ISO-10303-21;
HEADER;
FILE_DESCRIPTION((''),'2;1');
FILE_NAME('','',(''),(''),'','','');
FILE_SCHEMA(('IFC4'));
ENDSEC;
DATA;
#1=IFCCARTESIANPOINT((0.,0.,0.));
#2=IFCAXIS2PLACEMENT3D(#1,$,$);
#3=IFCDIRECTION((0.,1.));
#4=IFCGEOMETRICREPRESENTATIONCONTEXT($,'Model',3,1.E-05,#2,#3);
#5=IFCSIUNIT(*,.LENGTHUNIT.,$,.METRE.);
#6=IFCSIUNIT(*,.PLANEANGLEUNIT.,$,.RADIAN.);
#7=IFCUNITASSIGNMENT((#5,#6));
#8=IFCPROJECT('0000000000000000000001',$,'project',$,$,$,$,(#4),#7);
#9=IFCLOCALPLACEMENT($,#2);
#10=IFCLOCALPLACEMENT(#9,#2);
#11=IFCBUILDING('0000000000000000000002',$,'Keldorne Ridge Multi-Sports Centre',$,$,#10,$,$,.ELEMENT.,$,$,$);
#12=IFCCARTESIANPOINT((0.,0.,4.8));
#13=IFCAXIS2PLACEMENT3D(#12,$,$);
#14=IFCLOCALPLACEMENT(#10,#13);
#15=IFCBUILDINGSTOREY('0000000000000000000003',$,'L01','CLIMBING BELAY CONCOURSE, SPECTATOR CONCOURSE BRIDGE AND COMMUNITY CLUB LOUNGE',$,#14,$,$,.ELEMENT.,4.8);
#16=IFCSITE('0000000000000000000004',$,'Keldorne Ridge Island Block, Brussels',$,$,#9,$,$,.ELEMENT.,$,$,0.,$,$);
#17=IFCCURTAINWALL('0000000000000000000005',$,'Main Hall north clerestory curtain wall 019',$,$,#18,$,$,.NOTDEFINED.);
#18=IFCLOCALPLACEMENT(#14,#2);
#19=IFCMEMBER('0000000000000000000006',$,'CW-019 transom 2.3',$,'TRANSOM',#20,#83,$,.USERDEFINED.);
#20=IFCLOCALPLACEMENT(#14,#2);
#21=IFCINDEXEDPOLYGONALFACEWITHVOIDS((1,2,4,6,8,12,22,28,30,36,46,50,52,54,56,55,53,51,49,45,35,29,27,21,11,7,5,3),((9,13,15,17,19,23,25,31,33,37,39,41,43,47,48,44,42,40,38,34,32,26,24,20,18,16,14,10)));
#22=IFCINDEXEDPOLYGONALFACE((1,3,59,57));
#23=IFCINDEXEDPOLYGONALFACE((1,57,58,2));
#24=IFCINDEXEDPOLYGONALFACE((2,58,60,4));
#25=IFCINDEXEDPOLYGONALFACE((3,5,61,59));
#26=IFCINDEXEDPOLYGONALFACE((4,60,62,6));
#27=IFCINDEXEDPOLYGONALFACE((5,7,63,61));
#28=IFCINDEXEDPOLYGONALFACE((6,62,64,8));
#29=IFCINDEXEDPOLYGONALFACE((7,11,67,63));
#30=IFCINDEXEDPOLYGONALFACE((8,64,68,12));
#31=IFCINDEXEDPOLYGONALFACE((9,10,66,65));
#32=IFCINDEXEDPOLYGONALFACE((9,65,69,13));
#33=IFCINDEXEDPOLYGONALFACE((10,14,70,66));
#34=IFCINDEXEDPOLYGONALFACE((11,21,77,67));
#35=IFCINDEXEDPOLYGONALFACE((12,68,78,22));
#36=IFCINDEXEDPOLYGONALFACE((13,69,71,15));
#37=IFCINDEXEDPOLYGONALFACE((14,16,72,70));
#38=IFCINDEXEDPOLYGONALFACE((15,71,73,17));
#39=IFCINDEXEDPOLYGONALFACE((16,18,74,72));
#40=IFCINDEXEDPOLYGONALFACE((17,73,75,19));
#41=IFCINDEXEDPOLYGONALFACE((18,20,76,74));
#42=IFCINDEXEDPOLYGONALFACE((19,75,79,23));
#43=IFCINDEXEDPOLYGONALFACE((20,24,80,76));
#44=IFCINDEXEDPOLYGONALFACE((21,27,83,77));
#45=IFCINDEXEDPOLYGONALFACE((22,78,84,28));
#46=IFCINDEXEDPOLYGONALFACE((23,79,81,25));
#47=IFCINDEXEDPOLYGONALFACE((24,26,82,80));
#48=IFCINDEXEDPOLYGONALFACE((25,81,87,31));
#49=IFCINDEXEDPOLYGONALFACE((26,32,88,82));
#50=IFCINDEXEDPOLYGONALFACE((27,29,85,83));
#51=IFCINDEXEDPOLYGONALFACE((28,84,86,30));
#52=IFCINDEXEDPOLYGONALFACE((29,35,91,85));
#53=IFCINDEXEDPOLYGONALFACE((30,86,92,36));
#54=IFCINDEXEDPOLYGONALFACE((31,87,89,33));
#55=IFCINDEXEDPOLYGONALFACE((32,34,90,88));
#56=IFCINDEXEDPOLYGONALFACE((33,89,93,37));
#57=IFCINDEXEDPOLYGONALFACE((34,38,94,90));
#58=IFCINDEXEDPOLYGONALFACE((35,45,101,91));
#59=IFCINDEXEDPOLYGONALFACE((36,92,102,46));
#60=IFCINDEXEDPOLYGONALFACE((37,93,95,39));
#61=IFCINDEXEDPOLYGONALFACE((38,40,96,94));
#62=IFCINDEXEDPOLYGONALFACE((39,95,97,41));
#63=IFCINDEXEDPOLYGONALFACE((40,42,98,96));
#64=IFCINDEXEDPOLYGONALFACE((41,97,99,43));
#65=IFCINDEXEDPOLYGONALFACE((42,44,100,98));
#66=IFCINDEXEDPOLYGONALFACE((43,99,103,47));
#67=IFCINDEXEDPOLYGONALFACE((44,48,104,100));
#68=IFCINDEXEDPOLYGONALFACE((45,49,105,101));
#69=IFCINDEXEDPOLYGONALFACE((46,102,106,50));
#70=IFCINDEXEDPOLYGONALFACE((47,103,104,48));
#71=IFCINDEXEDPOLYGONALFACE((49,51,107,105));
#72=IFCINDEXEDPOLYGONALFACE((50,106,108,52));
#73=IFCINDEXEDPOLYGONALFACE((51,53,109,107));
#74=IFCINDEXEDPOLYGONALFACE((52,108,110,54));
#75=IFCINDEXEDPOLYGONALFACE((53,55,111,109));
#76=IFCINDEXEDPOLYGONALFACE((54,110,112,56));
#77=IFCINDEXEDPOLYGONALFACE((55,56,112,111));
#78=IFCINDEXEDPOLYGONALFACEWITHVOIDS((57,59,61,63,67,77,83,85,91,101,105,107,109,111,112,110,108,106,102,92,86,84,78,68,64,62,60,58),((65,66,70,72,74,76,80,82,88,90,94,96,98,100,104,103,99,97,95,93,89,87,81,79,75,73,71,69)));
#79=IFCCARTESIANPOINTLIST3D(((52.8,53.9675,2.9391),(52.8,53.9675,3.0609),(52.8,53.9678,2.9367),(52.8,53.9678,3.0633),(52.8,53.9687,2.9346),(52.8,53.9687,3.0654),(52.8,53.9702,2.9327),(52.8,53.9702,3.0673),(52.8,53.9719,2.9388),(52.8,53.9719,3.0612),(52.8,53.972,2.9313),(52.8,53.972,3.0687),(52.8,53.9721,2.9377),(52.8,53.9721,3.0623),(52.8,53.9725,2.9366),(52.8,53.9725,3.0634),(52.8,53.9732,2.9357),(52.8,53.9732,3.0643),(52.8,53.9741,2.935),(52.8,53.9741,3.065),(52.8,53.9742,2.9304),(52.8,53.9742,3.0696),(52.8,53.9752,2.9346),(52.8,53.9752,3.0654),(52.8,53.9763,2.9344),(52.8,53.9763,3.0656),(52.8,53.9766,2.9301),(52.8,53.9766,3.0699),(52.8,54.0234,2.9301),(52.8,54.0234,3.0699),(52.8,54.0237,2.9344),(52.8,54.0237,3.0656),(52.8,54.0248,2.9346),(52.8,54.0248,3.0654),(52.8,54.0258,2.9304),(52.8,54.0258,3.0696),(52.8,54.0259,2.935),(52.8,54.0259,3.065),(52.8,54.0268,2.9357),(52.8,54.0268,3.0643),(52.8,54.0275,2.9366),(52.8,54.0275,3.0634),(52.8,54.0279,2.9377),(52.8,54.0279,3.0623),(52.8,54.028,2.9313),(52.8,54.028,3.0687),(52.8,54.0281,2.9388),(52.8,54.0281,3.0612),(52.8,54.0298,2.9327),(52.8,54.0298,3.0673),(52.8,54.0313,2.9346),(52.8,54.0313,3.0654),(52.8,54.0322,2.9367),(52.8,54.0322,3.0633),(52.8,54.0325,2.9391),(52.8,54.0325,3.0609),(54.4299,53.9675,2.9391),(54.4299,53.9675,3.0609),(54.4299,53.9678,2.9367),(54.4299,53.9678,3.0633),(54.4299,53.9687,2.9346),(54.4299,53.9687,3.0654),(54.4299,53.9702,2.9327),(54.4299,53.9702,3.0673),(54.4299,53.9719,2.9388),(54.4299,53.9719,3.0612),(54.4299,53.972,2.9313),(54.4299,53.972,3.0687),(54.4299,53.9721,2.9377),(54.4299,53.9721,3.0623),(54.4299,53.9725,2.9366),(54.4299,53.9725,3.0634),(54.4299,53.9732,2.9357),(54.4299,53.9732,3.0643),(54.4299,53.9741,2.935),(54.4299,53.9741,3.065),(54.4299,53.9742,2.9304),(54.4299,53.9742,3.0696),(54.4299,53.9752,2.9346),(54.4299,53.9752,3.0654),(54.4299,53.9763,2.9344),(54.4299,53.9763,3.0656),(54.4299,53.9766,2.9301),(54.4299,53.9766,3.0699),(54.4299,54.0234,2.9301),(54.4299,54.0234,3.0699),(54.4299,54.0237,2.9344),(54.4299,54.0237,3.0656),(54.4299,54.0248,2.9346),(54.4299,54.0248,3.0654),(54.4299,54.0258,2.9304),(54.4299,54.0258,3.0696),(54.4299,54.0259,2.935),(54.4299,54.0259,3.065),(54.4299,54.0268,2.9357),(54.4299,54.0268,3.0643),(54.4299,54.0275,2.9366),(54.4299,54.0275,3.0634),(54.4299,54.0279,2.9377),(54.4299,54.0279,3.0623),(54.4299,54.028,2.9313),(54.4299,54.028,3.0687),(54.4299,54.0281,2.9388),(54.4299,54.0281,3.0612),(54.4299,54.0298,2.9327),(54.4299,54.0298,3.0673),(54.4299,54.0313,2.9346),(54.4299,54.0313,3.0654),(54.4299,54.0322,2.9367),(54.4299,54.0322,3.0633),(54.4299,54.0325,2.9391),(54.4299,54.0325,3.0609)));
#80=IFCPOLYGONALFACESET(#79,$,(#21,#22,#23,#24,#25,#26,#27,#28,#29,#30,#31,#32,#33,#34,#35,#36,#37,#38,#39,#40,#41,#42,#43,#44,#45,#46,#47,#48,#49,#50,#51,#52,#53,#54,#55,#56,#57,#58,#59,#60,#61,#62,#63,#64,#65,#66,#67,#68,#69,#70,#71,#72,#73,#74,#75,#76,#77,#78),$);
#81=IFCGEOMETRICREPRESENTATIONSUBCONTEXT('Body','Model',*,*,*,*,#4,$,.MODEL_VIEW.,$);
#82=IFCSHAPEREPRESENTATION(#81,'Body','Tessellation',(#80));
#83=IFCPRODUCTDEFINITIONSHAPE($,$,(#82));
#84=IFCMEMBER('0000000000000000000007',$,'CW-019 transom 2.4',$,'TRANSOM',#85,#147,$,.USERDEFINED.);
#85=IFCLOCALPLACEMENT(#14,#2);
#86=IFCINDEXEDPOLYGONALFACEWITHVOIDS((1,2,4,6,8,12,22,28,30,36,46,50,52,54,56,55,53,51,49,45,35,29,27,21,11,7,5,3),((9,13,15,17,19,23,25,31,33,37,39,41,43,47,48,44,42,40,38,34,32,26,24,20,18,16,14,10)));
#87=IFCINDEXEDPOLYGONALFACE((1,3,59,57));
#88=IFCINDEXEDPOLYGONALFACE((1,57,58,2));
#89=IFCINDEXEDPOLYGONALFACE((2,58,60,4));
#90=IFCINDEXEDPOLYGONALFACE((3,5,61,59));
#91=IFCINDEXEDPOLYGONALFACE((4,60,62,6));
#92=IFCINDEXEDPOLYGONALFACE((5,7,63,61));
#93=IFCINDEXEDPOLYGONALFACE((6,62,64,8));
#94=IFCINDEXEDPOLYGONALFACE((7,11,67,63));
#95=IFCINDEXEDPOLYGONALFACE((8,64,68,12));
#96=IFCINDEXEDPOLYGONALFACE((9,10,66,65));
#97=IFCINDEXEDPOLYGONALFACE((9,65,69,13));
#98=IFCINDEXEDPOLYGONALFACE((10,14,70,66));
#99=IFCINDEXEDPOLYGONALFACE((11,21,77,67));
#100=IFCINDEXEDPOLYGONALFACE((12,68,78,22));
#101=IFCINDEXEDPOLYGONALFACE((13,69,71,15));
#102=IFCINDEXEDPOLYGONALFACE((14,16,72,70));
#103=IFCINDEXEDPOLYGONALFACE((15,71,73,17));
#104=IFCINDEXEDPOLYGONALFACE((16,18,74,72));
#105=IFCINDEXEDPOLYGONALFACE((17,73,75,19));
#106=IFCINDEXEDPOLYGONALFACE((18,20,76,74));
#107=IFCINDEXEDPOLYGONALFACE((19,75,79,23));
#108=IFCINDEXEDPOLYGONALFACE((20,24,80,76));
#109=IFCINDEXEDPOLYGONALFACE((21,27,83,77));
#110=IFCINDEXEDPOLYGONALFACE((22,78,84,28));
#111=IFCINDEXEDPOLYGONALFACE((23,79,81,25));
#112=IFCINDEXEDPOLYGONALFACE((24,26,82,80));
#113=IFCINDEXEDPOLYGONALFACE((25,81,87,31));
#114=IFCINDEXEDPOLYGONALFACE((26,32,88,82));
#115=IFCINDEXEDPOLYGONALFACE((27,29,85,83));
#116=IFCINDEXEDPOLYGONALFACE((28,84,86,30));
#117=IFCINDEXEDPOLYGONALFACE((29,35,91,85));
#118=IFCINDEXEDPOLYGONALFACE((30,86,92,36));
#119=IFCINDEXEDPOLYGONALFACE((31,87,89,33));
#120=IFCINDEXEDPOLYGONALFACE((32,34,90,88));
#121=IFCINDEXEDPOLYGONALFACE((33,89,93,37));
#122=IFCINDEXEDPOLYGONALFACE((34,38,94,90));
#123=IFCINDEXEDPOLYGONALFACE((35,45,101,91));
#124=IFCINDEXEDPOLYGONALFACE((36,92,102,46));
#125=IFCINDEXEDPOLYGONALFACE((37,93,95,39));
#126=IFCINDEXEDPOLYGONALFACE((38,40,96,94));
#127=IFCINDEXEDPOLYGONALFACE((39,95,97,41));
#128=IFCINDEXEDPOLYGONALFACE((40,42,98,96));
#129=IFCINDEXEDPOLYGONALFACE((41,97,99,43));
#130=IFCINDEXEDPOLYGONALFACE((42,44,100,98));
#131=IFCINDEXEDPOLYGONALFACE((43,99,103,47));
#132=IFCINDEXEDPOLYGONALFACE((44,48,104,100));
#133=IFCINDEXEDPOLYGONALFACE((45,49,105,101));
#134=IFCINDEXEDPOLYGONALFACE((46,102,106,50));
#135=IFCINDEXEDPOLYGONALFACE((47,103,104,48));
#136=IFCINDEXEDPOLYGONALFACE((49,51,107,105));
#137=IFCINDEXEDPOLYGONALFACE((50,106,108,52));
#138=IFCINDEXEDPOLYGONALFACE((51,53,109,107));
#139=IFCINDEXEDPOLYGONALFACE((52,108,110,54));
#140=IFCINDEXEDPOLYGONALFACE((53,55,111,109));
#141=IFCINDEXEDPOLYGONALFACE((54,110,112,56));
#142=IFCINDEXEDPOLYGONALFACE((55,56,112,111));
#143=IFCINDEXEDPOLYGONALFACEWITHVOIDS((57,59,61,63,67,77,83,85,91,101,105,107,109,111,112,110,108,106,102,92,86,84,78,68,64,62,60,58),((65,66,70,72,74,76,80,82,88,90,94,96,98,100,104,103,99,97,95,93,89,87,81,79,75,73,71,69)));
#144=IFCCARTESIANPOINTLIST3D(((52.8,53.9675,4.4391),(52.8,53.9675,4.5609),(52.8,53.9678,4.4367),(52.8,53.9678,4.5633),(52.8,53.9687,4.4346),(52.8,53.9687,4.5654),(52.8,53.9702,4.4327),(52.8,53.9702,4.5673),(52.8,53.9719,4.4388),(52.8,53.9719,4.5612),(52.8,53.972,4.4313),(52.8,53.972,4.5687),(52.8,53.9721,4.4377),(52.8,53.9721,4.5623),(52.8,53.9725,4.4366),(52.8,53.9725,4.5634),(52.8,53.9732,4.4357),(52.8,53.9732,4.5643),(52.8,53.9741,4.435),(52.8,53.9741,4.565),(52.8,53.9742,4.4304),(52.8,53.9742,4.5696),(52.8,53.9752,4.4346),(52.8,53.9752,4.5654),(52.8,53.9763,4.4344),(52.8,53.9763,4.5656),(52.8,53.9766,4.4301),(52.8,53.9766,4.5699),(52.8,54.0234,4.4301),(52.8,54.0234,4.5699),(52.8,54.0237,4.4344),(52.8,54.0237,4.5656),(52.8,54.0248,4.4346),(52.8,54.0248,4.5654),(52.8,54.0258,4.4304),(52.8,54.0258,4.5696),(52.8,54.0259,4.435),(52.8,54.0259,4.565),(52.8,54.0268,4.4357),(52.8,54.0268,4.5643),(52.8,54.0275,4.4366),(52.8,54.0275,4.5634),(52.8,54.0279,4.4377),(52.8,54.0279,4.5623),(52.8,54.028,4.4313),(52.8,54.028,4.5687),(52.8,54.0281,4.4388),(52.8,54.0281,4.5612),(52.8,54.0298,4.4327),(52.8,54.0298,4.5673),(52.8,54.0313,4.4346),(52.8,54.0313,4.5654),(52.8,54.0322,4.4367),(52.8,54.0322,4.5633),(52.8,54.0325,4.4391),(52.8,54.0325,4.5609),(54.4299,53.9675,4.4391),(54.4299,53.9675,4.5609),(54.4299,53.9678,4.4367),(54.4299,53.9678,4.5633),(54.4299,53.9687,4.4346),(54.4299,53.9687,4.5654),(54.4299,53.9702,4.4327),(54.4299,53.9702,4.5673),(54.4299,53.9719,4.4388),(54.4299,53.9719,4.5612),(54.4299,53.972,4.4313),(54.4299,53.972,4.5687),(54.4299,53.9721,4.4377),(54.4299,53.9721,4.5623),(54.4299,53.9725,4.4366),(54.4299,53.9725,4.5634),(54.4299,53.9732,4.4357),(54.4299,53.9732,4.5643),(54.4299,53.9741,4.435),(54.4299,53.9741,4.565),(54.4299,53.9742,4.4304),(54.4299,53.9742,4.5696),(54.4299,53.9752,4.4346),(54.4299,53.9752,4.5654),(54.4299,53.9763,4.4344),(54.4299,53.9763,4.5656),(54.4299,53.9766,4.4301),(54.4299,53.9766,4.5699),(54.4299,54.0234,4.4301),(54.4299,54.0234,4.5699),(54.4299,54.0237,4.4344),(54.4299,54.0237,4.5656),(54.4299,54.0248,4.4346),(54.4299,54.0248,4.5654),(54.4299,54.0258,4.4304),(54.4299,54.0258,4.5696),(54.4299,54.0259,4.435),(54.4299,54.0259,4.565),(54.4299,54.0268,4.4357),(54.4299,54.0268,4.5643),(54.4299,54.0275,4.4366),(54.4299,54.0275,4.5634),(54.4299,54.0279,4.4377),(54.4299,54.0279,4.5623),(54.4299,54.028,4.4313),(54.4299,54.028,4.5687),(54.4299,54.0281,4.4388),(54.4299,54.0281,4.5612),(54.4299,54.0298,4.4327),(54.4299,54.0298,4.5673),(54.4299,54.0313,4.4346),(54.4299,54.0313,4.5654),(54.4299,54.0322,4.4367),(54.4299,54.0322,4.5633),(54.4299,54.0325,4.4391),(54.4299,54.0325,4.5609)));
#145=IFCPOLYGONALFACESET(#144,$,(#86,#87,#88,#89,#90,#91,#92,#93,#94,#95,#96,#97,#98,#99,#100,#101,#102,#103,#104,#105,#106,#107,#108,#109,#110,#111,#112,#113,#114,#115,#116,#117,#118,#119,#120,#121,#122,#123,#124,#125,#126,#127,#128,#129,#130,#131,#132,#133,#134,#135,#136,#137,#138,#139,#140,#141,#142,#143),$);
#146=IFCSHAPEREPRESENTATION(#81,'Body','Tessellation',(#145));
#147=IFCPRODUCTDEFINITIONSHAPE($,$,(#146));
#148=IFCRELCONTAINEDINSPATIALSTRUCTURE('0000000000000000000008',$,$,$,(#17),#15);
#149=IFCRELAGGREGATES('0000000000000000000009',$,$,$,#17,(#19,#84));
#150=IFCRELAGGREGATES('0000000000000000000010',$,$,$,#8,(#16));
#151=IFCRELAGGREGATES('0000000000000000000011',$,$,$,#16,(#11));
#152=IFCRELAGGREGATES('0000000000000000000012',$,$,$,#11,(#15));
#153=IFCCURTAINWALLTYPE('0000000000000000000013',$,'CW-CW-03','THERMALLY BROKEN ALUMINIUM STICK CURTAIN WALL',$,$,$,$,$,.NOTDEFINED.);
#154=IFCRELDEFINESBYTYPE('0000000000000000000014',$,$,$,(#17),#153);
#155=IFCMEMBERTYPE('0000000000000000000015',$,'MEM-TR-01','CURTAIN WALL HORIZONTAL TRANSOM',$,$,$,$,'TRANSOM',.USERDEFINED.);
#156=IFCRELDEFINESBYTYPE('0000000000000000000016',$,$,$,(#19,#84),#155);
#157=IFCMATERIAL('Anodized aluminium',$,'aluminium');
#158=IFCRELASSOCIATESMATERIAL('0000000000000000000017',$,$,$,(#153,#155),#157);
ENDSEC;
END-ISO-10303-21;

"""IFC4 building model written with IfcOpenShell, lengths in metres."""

from ifc_helpers import new_model, si_unit, direction, frame, origin, origin_2d, place, context, subcontext, project, spatial, hollow_rectangle, extrude, material, material_profile, profile_set, type_object, element, aggregate, save


model = new_model("IFC4")

# Units and contexts
model_context = context("Model", 3, precision=1e-05, world=origin(), true_north=direction((0.0, 1.0)))
body_context = subcontext(model_context, "Body", "Model", "MODEL_VIEW")
ifc_project = project(units=[si_unit("LENGTHUNIT", "METRE"), si_unit("PLANEANGLEUNIT", "RADIAN")], contexts=[model_context])

# Site, building, storey
site_placement = place(None, origin())
site = spatial("IfcSite", under=ifc_project, at=site_placement, Name="Keldorne Ridge Island Block, Brussels", CompositionType="ELEMENT", RefElevation=0.0)
building_placement = place(site_placement, origin())
building = spatial("IfcBuilding", under=site, at=building_placement, Name="Keldorne Ridge Multi-Sports Centre", CompositionType="ELEMENT")
storey_placement = place(building_placement, frame((0.0, 0.0, 4.8)))
storey = spatial("IfcBuildingStorey", under=building, at=storey_placement, Name="L01", Description="CLIMBING BELAY CONCOURSE, SPECTATOR CONCOURSE BRIDGE AND COMMUNITY CLUB LOUNGE", CompositionType="ELEMENT", Elevation=4.8)

# Curtain wall
ifc_material_1 = material(Name="Anodized aluminium", Category="aluminium")
curtain_wall_type_1 = type_object("IfcCurtainWallType", Name="CW-CW-03", Description="THERMALLY BROKEN ALUMINIUM STICK CURTAIN WALL", PredefinedType="NOTDEFINED", material=ifc_material_1)
curtain_wall_1_placement = place(storey_placement, origin())
curtain_wall_1 = element("IfcCurtainWall", 1, at=curtain_wall_1_placement, inside=storey, type_object=curtain_wall_type_1, Name="Main Hall north clerestory curtain wall 019", PredefinedType="NOTDEFINED")

# Members
ifc_material_profile_1 = material_profile(ifc_material_1, hollow_rectangle(XDim=0.0649, YDim=0.1399, WallThickness=0.0044, InnerFilletRadius=0.0044, OuterFilletRadius=0.009, at=origin_2d()), Name="ALU TRANSOM 140x65x4.5")
ifc_profile_set_1 = profile_set([ifc_material_profile_1], Name="Anodized aluminium")
member_type_1 = type_object("IfcMemberType", Name="MEM-TR-01", Description="CURTAIN WALL HORIZONTAL TRANSOM", ElementType="TRANSOM", PredefinedType="USERDEFINED", material=ifc_profile_set_1)
member_1_placement = place(storey_placement, frame((54.4299, 54.0, 3.0), z_axis=(-1.0, 0.0, 0.0), x_axis=(0.0, -1.0, 0.0)))
member_1 = element("IfcMember", 2, at=member_1_placement, type_object=member_type_1, Name="CW-019 transom 2.3", ObjectType="TRANSOM", PredefinedType="USERDEFINED", context=body_context, shape_type="SweptSolid", body=[
    extrude(hollow_rectangle(XDim=0.0649, YDim=0.1399, WallThickness=0.0044, InnerFilletRadius=0.0044, OuterFilletRadius=0.009, at=origin_2d()), origin(), (0.0, 0.0, 1.0), 1.6299),
])
member_2_placement = place(storey_placement, frame((54.4299, 54.0, 4.5), z_axis=(-1.0, 0.0, 0.0), x_axis=(0.0, -1.0, 0.0)))
member_2 = element("IfcMember", 3, at=member_2_placement, type_object=member_type_1, Name="CW-019 transom 2.4", ObjectType="TRANSOM", PredefinedType="USERDEFINED", context=body_context, shape_type="SweptSolid", body=[
    extrude(hollow_rectangle(XDim=0.0649, YDim=0.1399, WallThickness=0.0044, InnerFilletRadius=0.0044, OuterFilletRadius=0.009, at=origin_2d()), origin(), (0.0, 0.0, 1.0), 1.6299),
])

aggregate(curtain_wall_1, [member_1, member_2])

save(model, "model.ifc")
